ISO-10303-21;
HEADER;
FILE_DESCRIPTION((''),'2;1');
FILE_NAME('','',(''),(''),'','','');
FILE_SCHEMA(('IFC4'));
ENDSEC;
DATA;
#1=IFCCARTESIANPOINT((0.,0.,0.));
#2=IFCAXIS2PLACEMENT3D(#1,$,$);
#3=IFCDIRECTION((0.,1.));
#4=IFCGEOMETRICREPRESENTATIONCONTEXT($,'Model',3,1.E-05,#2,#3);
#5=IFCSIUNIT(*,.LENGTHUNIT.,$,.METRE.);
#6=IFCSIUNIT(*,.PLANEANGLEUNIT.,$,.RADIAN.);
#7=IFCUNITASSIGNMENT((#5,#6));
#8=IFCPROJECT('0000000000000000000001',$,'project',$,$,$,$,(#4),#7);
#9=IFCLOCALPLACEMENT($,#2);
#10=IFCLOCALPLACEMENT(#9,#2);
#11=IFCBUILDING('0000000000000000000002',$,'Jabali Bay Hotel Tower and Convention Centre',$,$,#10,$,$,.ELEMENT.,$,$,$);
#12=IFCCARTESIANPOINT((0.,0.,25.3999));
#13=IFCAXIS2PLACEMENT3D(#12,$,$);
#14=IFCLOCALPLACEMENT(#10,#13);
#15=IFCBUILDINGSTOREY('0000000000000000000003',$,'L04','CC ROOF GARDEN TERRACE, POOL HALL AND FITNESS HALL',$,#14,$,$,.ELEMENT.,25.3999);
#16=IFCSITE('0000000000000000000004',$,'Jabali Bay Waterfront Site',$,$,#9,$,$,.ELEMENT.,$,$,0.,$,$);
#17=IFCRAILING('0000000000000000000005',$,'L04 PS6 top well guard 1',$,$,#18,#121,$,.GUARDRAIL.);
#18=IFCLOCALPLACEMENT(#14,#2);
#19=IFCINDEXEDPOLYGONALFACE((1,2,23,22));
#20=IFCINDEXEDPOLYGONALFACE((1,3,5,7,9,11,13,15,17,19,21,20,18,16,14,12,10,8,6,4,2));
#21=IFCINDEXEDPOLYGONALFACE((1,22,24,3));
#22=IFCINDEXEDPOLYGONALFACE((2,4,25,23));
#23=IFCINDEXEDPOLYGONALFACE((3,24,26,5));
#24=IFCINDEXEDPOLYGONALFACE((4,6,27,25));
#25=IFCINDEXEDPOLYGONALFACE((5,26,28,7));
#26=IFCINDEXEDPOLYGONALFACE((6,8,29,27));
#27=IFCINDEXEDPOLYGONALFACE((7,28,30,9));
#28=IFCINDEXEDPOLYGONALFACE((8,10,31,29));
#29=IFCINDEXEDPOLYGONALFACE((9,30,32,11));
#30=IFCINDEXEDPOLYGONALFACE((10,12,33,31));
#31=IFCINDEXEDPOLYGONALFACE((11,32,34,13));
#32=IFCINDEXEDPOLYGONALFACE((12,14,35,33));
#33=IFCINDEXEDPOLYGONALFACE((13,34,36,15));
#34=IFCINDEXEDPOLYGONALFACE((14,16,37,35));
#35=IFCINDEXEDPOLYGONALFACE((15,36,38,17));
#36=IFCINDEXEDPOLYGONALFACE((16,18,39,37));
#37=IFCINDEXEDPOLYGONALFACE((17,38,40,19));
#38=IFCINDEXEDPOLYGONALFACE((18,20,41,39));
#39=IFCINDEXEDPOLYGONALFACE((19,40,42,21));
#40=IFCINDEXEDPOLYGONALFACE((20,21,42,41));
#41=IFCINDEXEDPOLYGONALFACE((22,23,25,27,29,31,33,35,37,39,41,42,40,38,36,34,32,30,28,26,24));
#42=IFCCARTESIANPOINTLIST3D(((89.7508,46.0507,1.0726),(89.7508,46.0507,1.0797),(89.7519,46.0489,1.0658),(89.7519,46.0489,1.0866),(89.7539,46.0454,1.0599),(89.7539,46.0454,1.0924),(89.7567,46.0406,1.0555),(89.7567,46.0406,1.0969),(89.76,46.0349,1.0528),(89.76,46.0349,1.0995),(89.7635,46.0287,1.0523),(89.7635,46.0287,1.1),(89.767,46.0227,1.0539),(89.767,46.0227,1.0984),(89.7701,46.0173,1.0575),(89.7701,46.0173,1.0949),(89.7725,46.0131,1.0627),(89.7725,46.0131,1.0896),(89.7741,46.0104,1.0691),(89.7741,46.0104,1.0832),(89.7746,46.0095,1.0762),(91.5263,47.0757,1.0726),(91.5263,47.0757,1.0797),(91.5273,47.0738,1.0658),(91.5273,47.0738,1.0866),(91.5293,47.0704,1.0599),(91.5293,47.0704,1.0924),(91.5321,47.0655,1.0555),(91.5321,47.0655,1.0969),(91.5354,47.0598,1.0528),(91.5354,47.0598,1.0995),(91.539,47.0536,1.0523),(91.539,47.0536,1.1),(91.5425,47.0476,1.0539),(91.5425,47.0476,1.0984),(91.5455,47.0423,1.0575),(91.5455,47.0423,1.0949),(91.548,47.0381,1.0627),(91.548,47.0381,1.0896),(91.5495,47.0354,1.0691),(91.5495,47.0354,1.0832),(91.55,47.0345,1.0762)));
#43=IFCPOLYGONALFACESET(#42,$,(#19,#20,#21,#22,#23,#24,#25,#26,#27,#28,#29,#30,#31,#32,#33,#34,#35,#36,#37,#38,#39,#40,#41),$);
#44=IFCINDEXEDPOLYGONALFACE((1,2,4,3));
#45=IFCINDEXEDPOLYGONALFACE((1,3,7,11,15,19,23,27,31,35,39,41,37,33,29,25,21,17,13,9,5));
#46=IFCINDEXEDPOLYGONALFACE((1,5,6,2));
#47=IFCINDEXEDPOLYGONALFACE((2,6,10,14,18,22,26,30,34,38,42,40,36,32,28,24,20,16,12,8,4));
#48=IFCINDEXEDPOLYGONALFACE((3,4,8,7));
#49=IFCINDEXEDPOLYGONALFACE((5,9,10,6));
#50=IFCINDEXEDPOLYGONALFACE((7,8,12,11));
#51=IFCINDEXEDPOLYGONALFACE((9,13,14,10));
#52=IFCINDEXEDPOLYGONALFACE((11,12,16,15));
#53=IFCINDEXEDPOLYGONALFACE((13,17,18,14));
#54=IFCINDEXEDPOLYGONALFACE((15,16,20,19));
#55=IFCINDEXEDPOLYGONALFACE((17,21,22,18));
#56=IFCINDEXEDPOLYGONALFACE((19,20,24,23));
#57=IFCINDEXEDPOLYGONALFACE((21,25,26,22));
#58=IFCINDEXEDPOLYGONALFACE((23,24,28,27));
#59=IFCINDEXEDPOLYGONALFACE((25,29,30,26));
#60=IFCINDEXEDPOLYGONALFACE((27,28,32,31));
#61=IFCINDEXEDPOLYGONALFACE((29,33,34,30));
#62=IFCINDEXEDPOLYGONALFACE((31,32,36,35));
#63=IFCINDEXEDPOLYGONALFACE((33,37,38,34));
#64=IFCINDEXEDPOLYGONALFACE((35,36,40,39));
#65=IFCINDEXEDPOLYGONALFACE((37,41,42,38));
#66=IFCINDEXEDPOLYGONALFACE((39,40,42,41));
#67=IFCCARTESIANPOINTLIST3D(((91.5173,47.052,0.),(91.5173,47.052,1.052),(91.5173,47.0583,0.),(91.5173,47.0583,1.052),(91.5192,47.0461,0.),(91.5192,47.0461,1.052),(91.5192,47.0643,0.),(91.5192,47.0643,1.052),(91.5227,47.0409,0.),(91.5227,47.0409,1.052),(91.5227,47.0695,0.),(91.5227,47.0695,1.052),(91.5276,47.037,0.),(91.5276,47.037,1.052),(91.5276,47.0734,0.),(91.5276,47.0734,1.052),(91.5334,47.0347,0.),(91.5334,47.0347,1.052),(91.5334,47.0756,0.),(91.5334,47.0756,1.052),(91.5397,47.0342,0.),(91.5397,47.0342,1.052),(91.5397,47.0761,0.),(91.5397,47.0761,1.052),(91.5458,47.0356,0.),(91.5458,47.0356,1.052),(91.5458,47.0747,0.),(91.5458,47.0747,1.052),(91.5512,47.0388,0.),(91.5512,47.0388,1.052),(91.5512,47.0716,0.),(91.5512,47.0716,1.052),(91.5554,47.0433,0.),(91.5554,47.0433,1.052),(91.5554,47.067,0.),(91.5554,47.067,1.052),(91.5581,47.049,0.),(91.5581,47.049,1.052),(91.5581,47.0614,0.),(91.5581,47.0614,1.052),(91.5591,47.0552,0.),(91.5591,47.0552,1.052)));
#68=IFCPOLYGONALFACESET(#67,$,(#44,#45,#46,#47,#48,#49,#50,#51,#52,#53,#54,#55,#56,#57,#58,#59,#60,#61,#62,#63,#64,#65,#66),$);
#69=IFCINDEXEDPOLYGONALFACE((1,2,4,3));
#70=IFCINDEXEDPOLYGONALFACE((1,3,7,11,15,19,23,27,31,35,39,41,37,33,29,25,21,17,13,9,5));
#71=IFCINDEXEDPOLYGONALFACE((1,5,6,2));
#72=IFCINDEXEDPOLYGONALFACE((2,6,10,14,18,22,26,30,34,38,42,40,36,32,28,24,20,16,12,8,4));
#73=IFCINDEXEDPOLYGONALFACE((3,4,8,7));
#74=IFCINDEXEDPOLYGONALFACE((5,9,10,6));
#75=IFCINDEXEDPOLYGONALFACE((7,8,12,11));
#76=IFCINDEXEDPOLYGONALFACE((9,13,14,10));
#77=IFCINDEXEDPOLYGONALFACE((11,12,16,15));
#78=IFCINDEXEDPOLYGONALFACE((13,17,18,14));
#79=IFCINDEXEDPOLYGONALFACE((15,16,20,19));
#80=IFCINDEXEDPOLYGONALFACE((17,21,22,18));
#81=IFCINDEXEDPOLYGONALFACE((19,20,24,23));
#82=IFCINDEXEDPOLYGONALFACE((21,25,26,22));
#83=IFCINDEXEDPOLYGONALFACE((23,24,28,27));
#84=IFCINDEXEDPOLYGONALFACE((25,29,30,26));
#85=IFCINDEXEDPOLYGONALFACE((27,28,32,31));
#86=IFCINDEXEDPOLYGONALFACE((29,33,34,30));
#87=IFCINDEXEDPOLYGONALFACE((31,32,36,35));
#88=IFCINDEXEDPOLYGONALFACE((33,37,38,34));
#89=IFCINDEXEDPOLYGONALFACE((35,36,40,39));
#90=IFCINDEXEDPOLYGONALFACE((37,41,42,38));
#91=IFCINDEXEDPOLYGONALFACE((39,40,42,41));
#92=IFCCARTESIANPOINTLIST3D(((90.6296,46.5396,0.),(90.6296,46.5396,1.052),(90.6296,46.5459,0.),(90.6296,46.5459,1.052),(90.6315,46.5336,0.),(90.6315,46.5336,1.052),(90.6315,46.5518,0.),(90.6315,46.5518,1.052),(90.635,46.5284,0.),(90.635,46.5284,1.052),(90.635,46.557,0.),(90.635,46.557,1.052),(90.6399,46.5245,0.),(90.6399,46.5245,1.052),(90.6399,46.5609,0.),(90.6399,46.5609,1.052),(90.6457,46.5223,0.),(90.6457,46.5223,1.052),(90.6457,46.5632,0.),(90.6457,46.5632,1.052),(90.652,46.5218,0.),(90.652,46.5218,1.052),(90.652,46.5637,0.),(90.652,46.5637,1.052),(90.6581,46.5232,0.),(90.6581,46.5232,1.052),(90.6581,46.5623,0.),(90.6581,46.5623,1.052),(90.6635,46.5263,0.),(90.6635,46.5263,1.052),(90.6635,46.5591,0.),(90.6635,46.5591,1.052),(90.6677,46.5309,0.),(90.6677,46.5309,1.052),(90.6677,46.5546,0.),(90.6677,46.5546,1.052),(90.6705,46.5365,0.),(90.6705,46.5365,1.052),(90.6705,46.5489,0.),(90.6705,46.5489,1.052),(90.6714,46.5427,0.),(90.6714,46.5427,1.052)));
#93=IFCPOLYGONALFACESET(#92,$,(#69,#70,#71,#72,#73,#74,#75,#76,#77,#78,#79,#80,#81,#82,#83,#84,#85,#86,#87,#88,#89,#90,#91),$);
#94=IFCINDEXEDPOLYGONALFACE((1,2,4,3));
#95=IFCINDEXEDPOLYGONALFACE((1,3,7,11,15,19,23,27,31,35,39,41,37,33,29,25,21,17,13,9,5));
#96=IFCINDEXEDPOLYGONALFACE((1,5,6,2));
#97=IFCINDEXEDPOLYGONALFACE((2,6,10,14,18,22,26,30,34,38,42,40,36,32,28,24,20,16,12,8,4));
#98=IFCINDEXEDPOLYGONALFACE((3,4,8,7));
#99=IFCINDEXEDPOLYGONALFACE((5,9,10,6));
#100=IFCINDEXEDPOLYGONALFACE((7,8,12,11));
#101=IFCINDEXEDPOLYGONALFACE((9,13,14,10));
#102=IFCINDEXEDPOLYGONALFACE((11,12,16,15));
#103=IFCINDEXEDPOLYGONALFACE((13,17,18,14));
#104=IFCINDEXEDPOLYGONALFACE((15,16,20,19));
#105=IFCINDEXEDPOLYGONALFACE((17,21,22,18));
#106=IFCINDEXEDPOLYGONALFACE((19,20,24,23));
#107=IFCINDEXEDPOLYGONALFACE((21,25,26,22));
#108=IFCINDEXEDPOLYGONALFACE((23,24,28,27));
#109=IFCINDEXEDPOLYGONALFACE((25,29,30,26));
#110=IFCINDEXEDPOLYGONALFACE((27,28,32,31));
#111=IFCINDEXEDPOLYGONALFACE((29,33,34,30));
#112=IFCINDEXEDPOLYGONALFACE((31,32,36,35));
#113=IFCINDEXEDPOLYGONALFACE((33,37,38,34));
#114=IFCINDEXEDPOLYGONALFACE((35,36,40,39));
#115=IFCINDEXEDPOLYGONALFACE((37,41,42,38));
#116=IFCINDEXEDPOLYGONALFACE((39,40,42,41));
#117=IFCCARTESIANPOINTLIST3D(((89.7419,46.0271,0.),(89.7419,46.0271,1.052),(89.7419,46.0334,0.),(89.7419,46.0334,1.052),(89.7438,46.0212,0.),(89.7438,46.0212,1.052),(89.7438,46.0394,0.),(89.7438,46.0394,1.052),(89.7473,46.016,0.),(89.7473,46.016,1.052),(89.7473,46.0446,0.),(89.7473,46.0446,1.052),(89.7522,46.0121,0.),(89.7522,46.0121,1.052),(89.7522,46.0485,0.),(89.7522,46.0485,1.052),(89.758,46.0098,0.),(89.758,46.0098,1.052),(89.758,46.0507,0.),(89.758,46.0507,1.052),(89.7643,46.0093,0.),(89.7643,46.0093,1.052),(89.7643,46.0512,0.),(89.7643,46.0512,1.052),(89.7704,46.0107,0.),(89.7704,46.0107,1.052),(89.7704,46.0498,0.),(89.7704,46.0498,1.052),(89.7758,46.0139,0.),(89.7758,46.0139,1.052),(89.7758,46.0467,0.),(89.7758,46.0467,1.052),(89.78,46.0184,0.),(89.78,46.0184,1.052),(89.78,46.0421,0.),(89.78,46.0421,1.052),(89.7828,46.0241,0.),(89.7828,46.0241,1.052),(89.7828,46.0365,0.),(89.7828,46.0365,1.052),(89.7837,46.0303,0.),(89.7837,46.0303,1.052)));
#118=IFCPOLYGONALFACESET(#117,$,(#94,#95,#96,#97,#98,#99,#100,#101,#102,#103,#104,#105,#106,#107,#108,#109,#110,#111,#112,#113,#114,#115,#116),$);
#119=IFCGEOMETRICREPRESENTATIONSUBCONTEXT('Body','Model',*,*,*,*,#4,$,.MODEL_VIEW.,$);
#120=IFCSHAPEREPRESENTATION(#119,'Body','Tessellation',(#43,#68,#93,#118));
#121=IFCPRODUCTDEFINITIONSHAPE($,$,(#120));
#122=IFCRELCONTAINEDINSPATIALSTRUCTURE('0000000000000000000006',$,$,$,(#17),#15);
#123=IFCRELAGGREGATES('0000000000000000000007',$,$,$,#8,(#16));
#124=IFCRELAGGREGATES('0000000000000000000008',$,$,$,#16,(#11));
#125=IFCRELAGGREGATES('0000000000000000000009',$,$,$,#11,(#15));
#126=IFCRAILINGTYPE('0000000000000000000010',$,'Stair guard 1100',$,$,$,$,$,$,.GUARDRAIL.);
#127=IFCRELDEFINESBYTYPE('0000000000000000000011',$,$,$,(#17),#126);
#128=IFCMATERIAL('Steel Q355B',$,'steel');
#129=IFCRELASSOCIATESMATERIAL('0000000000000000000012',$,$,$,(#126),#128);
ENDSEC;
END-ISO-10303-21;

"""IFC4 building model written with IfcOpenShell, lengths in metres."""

from ifc_helpers import new_model, si_unit, direction, frame, origin, origin_2d, place, context, subcontext, project, spatial, circle, extrude, material, type_object, element, save


model = new_model("IFC4")

# Units and contexts
model_context = context("Model", 3, precision=1e-05, world=origin(), true_north=direction((0.0, 1.0)))
body_context = subcontext(model_context, "Body", "Model", "MODEL_VIEW")
ifc_project = project(units=[si_unit("LENGTHUNIT", "METRE"), si_unit("PLANEANGLEUNIT", "RADIAN")], contexts=[model_context])

# Site, building, storey
site_placement = place(None, origin())
site = spatial("IfcSite", under=ifc_project, at=site_placement, Name="Jabali Bay Waterfront Site", CompositionType="ELEMENT", RefElevation=0.0)
building_placement = place(site_placement, origin())
building = spatial("IfcBuilding", under=site, at=building_placement, Name="Jabali Bay Hotel Tower and Convention Centre", CompositionType="ELEMENT")
storey_placement = place(building_placement, frame((0.0, 0.0, 25.3999)))
storey = spatial("IfcBuildingStorey", under=building, at=storey_placement, Name="L04", Description="CC ROOF GARDEN TERRACE, POOL HALL AND FITNESS HALL", CompositionType="ELEMENT", Elevation=25.3999)

# Railing
ifc_material_1 = material(Name="Steel Q355B", Category="steel")
railing_type = type_object("IfcRailingType", Name="Stair guard 1100", PredefinedType="GUARDRAIL", material=ifc_material_1)
railing_placement = place(storey_placement, frame((91.5381, 47.0552, 0.0)))
element("IfcRailing", 1, at=railing_placement, inside=storey, type_object=railing_type, Name="L04 PS6 top well guard 1", PredefinedType="GUARDRAIL", context=body_context, shape_type="SweptSolid", body=[
    extrude(circle(Radius=0.0239, at=origin_2d()), frame((0.0, 0.0, 1.0762), z_axis=(-0.866051, -0.499956, 0.0), x_axis=(0.499956, -0.866051, 0.0)), (0.0, 0.0, 1.0), 2.05),
    extrude(circle(Radius=0.021, at=origin_2d()), origin(), (0.0, 0.0, 1.0), 1.052),
    extrude(circle(Radius=0.021, at=origin_2d()), frame((-0.8877, -0.5125, 0.0)), (0.0, 0.0, 1.0), 1.052),
    extrude(circle(Radius=0.021, at=origin_2d()), frame((-1.7754, -1.0249, 0.0)), (0.0, 0.0, 1.0), 1.052),
])

save(model, "model.ifc")
